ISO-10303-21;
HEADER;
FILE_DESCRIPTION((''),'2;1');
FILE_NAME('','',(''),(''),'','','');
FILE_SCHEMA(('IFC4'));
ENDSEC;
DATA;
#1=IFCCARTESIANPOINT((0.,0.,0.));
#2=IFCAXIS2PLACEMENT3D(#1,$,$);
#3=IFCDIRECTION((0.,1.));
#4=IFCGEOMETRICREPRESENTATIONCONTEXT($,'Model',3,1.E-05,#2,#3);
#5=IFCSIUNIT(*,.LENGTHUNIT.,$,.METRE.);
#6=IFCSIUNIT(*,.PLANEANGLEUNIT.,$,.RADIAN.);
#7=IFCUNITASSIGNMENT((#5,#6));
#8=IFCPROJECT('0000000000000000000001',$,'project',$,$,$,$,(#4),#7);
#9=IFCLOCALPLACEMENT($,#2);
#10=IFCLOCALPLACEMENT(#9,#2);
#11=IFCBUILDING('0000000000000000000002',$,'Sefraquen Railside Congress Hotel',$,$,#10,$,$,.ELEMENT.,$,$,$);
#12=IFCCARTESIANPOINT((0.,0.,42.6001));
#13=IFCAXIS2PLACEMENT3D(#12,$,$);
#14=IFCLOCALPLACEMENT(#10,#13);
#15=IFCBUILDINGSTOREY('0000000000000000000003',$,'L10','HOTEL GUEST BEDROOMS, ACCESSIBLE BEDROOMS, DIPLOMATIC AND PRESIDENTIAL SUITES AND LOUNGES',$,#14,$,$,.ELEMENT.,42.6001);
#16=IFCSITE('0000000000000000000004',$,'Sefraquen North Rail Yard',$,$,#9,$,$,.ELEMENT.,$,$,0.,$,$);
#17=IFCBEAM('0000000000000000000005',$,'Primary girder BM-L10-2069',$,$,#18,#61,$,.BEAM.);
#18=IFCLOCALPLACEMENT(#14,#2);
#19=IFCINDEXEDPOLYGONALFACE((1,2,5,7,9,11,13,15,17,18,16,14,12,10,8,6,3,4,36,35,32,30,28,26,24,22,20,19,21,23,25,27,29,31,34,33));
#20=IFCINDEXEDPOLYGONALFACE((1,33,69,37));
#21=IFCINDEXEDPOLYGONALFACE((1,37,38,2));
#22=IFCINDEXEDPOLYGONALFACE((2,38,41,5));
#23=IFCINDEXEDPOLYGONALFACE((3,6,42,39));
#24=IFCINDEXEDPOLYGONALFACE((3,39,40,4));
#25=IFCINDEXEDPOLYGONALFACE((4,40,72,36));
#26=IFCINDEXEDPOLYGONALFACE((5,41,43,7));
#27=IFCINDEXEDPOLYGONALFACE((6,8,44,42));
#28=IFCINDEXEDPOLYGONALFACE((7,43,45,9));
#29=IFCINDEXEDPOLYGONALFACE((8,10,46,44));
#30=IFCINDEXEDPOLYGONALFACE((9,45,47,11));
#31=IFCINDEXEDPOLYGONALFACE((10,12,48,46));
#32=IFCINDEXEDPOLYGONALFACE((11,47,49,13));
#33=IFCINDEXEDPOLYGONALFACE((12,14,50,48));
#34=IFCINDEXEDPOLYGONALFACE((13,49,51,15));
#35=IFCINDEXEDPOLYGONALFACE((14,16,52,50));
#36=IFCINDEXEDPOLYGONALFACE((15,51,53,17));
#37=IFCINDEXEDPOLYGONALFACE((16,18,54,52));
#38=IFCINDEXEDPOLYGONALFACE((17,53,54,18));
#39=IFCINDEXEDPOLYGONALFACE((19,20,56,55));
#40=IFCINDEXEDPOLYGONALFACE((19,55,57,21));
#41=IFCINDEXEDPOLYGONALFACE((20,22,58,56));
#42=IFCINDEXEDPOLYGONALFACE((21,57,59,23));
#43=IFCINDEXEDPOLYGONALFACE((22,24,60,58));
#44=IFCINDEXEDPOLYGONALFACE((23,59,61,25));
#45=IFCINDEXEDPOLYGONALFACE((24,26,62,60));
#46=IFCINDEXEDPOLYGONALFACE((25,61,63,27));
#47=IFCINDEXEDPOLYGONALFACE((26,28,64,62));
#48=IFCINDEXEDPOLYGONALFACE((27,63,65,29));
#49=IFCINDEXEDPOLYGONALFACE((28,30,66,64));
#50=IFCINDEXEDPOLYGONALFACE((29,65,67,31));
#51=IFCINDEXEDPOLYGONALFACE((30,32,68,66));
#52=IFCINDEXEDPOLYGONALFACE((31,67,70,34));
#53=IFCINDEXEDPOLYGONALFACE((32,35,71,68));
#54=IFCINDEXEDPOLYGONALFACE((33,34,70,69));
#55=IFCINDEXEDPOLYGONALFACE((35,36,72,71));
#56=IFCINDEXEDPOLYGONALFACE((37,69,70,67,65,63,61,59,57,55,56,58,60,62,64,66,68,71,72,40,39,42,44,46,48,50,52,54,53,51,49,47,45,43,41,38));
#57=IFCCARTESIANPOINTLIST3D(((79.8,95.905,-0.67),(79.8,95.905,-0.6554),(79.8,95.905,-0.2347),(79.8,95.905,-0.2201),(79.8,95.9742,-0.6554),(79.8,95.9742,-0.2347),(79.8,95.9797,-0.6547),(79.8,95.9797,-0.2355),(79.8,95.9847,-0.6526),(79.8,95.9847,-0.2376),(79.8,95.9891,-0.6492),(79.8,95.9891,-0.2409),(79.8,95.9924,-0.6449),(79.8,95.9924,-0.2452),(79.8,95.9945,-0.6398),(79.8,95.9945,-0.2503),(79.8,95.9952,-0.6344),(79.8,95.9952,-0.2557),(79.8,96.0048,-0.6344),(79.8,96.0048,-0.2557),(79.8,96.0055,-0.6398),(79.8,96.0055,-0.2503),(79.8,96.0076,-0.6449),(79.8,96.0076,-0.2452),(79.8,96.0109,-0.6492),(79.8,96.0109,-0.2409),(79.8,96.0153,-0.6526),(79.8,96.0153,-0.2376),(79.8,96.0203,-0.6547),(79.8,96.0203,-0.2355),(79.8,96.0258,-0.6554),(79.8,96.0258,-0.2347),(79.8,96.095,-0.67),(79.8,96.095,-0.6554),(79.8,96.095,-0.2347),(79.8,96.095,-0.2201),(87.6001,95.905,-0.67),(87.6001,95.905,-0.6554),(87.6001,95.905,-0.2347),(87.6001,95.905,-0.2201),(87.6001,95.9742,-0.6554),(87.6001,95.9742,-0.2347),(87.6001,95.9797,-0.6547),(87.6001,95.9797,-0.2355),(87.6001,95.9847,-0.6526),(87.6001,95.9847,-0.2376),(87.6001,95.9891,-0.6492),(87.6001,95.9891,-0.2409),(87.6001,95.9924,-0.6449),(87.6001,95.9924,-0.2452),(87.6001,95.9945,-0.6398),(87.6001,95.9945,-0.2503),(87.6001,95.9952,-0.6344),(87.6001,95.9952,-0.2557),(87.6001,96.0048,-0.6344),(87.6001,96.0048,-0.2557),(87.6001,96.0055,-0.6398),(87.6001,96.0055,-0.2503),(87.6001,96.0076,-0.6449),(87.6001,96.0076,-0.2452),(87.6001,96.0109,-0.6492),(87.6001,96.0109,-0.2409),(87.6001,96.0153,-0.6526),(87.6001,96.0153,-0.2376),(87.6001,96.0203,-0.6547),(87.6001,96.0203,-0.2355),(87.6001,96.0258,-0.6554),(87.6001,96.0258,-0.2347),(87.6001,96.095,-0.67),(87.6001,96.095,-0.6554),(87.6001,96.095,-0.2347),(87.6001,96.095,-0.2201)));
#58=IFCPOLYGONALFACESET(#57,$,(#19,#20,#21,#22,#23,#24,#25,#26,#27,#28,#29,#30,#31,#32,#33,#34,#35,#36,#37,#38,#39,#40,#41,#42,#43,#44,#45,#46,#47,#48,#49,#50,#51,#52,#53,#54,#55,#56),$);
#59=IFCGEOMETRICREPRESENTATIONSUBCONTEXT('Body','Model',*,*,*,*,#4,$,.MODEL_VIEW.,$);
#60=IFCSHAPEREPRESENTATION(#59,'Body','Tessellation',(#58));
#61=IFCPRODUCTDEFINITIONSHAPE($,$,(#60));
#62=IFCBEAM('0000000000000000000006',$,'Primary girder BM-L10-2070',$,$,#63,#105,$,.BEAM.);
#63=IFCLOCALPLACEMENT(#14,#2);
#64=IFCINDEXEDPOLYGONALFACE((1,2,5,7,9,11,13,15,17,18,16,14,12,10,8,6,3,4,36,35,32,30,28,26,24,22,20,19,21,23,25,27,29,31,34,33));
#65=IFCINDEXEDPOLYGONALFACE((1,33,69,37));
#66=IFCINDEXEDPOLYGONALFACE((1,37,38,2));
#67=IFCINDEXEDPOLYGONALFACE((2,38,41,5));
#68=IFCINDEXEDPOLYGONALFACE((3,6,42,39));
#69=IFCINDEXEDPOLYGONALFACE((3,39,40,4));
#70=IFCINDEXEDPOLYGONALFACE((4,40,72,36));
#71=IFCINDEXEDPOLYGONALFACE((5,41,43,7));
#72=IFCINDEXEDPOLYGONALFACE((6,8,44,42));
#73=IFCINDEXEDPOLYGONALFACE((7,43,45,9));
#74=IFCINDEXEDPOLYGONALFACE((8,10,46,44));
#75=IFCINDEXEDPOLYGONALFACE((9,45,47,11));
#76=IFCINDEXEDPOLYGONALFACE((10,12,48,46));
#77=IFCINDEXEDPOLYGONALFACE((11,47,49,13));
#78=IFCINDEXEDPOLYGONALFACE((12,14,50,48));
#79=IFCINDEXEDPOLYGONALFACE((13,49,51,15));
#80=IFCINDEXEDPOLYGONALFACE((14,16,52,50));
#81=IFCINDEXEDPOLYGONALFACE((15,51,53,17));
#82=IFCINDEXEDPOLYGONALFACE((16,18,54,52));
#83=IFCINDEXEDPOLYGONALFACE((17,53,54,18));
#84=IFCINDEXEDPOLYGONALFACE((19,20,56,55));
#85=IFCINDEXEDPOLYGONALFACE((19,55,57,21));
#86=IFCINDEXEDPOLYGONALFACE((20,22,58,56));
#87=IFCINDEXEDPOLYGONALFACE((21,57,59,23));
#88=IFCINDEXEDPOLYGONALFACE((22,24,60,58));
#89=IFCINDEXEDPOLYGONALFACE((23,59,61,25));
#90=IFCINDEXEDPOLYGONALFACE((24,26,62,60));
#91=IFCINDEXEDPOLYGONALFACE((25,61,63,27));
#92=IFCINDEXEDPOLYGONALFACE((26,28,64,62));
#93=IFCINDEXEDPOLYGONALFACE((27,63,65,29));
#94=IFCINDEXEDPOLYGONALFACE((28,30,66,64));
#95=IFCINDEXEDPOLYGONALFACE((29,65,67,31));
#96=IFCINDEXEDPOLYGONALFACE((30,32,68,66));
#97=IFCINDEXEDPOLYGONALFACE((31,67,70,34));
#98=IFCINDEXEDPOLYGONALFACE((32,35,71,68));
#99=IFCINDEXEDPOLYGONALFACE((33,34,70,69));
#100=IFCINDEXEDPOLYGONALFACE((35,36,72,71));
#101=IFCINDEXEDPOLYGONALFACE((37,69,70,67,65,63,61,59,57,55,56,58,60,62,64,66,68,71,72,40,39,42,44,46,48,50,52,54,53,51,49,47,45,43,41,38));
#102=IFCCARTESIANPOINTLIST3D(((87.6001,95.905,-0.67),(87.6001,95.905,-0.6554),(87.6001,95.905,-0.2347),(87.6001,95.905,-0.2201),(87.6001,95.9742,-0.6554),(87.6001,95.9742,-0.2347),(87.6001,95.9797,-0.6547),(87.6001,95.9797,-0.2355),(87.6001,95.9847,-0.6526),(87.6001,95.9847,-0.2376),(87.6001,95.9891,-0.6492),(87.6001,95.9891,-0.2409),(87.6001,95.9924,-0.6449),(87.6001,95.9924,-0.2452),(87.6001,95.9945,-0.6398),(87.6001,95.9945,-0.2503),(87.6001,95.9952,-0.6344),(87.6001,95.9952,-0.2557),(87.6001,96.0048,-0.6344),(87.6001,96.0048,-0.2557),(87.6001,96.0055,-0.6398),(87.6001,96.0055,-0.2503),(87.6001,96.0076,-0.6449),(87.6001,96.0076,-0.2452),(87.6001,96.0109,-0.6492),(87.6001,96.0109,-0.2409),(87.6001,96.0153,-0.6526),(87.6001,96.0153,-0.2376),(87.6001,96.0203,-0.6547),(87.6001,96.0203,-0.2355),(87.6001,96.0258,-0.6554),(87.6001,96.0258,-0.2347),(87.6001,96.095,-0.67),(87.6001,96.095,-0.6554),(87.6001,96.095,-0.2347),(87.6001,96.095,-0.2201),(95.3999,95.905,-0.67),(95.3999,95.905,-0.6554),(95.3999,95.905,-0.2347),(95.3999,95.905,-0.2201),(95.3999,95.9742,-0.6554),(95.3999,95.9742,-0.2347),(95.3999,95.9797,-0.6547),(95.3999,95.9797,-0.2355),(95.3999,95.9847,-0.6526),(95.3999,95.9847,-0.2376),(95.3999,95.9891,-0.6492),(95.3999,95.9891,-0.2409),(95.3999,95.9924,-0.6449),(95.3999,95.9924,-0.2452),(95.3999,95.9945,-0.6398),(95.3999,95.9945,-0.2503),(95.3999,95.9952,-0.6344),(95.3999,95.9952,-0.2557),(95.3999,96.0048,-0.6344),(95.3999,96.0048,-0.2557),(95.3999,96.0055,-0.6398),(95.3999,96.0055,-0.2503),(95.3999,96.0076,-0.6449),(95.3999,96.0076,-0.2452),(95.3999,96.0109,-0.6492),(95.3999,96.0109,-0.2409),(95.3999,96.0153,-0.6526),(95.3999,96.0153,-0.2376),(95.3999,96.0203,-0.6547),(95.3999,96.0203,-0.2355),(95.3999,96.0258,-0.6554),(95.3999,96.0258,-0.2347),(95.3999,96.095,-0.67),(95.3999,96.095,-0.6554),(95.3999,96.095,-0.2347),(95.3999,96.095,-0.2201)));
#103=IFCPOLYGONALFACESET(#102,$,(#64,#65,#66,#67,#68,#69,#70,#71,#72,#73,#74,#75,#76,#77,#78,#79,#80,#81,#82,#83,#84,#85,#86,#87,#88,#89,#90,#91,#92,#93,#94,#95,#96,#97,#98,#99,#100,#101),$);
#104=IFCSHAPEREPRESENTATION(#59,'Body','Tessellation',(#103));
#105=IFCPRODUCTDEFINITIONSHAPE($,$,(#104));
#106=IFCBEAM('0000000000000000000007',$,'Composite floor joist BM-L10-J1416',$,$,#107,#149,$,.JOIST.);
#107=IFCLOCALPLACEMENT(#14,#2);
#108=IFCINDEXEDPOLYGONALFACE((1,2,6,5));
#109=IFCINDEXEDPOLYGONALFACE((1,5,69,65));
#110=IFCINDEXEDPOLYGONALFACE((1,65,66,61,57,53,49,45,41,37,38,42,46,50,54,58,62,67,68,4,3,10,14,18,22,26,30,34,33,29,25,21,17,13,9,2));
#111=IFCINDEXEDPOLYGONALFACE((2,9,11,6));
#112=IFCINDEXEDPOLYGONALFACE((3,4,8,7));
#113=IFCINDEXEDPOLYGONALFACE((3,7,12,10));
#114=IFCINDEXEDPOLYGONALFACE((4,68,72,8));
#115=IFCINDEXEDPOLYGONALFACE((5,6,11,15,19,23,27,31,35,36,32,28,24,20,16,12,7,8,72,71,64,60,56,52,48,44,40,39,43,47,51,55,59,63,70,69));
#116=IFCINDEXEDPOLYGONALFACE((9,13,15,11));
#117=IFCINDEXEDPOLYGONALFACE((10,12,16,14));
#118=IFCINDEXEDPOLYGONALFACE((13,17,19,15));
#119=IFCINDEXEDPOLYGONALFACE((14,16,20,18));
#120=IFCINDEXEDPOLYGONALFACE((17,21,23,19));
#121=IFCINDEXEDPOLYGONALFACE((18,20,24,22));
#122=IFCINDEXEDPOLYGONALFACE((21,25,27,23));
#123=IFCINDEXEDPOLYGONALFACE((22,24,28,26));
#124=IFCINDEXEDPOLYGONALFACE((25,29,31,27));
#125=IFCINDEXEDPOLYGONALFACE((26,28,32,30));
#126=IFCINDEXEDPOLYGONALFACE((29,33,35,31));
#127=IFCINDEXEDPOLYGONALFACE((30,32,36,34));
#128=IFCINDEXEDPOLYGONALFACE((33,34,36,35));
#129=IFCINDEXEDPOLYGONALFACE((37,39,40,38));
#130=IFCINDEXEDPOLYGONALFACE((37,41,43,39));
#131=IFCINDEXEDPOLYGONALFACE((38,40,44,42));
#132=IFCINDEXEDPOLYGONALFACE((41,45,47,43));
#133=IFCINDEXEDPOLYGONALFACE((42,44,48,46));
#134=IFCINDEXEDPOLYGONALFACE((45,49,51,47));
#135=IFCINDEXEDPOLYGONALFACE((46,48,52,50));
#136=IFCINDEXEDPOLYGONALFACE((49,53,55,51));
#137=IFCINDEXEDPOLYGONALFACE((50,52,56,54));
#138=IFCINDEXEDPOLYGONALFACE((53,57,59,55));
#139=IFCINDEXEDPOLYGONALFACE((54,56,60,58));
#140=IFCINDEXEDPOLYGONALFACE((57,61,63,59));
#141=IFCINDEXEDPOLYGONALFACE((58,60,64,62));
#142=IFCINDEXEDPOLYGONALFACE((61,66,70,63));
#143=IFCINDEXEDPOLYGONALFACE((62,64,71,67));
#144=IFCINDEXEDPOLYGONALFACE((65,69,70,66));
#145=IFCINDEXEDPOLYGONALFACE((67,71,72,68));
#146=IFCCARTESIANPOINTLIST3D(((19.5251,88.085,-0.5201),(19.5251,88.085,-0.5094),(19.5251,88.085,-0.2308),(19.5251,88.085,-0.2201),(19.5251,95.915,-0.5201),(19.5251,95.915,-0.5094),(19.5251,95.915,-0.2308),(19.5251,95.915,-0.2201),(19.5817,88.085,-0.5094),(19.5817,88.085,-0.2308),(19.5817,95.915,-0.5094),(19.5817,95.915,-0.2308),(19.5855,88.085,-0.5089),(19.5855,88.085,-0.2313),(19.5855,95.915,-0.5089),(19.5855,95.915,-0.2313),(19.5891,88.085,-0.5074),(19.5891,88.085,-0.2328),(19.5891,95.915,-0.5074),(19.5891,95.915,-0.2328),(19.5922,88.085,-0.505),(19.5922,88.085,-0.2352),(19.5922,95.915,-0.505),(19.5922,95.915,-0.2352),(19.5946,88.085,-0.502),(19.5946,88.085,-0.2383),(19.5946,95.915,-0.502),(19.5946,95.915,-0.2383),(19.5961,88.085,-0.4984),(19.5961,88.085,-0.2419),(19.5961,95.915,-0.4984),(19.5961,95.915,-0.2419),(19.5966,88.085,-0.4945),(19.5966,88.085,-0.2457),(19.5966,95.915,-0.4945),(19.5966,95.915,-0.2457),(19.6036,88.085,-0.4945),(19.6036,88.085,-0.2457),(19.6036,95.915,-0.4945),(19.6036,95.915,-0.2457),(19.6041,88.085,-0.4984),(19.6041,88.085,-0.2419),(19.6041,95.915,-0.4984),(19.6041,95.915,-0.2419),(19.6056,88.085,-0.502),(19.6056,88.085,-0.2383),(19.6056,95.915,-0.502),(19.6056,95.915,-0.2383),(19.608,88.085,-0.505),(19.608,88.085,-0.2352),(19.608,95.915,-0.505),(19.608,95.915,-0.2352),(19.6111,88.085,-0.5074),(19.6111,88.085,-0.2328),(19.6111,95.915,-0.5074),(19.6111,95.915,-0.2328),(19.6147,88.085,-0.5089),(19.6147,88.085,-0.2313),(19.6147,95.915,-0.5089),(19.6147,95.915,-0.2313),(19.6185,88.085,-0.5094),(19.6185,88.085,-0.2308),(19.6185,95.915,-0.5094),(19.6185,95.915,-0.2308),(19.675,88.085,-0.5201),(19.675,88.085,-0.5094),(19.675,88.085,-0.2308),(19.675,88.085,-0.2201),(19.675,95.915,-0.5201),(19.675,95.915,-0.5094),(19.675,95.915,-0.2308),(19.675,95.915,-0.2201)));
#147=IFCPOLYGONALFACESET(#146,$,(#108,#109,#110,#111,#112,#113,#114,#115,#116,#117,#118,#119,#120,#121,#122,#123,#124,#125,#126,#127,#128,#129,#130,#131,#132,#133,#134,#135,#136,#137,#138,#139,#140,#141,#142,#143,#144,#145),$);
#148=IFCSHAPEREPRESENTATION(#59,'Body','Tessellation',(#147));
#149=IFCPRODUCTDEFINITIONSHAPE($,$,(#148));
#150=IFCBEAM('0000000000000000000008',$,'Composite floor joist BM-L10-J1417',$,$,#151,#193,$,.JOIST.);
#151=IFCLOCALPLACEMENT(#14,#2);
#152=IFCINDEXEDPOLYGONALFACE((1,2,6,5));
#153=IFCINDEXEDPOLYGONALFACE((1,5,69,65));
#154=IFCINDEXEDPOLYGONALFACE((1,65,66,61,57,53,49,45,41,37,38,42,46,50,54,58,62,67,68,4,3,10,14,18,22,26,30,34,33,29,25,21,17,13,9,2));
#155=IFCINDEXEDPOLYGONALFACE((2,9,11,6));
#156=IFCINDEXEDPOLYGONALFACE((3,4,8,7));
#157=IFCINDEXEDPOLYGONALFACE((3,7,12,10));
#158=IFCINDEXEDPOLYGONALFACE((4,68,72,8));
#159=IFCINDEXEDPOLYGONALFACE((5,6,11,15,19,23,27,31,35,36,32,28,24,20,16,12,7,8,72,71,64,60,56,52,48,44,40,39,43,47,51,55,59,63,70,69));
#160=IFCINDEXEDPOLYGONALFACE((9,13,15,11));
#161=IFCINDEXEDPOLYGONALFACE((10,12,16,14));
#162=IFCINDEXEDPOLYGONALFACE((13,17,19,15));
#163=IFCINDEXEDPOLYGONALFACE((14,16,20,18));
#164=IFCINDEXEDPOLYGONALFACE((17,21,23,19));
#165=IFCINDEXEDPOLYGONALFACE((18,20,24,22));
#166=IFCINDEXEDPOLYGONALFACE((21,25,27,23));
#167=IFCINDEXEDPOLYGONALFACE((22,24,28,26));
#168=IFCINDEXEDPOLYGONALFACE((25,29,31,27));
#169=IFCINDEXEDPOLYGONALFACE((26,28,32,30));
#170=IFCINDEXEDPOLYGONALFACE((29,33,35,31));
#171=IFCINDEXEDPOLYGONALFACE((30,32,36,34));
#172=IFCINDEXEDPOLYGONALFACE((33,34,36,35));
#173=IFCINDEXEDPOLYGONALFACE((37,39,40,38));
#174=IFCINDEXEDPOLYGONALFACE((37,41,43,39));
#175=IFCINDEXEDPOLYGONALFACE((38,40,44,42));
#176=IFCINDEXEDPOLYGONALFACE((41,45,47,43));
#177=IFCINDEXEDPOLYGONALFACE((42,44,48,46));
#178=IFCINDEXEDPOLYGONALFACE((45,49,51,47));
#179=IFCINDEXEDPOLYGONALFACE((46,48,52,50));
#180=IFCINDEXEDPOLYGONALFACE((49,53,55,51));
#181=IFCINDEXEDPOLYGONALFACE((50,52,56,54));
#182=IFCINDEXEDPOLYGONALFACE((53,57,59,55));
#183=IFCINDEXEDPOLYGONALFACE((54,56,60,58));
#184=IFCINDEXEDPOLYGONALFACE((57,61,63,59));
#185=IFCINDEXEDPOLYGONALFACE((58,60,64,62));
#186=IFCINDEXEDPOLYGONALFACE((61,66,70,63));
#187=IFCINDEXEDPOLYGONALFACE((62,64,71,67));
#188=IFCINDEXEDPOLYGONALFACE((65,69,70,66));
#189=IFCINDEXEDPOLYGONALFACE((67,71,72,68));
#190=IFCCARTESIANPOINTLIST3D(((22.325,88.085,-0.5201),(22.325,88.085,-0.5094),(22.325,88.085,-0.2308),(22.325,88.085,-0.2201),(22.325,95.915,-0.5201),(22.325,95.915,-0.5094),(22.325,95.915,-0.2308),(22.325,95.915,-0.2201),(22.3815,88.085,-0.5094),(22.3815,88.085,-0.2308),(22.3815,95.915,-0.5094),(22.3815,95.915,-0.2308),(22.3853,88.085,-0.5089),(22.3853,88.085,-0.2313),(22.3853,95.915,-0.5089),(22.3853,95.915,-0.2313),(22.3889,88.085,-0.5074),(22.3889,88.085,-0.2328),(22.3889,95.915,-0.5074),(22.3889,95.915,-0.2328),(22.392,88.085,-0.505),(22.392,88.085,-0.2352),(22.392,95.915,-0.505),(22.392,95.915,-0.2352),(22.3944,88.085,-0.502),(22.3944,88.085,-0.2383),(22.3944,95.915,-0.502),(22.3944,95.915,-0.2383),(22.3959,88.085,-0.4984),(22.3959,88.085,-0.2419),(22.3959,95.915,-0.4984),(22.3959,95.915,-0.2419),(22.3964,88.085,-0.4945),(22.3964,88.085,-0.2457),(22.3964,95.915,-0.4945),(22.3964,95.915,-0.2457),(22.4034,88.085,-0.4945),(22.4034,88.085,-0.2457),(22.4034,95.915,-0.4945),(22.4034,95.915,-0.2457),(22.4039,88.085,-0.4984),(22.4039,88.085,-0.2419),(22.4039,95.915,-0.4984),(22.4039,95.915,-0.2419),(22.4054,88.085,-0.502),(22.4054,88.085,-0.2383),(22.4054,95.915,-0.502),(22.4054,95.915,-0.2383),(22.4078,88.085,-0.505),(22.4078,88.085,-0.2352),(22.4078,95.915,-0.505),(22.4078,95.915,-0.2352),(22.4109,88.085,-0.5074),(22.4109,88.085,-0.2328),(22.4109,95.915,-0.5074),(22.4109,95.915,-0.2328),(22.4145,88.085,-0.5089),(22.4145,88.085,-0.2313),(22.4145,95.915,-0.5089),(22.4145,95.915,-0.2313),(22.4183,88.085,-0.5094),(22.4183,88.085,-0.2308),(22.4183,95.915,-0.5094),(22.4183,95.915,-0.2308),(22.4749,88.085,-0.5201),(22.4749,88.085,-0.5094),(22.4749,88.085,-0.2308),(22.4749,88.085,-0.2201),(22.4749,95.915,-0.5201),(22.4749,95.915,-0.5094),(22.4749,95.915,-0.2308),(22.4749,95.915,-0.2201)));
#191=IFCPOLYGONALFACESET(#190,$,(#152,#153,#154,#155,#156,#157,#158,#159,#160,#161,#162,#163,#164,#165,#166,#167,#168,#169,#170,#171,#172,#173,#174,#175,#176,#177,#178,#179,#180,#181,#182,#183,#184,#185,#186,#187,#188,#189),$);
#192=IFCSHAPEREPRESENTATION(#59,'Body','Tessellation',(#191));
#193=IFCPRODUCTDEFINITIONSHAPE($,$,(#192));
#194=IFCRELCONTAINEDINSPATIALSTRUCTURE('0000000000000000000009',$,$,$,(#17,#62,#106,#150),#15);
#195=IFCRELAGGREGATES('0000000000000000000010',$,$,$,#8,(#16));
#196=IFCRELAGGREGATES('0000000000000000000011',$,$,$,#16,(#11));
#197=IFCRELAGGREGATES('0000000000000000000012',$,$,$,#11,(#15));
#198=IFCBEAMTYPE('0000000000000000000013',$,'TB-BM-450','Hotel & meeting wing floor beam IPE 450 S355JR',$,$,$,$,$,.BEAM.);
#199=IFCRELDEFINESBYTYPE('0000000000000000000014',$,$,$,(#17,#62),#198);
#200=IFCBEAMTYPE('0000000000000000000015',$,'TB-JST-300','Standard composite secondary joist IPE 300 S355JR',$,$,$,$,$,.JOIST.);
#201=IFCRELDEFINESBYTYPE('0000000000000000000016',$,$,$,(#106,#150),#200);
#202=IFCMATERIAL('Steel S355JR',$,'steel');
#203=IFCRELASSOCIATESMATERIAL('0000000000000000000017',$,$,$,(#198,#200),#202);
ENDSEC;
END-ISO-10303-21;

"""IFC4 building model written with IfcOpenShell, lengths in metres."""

from ifc_helpers import new_model, si_unit, direction, frame, origin, origin_2d, place, context, subcontext, project, spatial, i_section, extrude, material, material_profile, profile_set, type_object, element, save


model = new_model("IFC4")

# Units and contexts
model_context = context("Model", 3, precision=1e-05, world=origin(), true_north=direction((0.0, 1.0)))
body_context = subcontext(model_context, "Body", "Model", "MODEL_VIEW")
ifc_project = project(units=[si_unit("LENGTHUNIT", "METRE"), si_unit("PLANEANGLEUNIT", "RADIAN")], contexts=[model_context])

# Site, building, storey
site_placement = place(None, origin())
site = spatial("IfcSite", under=ifc_project, at=site_placement, Name="Sefraquen North Rail Yard", CompositionType="ELEMENT", RefElevation=0.0)
building_placement = place(site_placement, origin())
building = spatial("IfcBuilding", under=site, at=building_placement, Name="Sefraquen Railside Congress Hotel", CompositionType="ELEMENT")
storey_placement = place(building_placement, frame((0.0, 0.0, 42.6001)))
storey = spatial("IfcBuildingStorey", under=building, at=storey_placement, Name="L10", Description="HOTEL GUEST BEDROOMS, ACCESSIBLE BEDROOMS, DIPLOMATIC AND PRESIDENTIAL SUITES AND LOUNGES", CompositionType="ELEMENT", Elevation=42.6001)

# Shared definitions
ifc_material_1 = material(Name="Steel S355JR", Category="steel")

# Beams
ifc_material_profile_1 = material_profile(ifc_material_1, i_section(OverallWidth=0.1899, OverallDepth=0.45, WebThickness=0.0095, FlangeThickness=0.0146, FilletRadius=0.021, at=origin_2d()), Name="IPE 450")
ifc_profile_set_1 = profile_set([ifc_material_profile_1], Name="Steel S355JR")
beam_type_1 = type_object("IfcBeamType", Name="TB-BM-450", Description="Hotel & meeting wing floor beam IPE 450 S355JR", PredefinedType="BEAM", material=ifc_profile_set_1)
for number, where, z_axis, x_axis, name in (
    (1, (79.8, 96.0, -0.4451), (1.0, 0.0, 0.0), (0.0, 1.0, 0.0), "Primary girder BM-L10-2069"),
):
    element("IfcBeam", number, at=place(storey_placement, frame(where, z_axis=z_axis, x_axis=x_axis)), inside=storey, type_object=beam_type_1, Name=name, PredefinedType="BEAM", context=body_context, shape_type="SweptSolid", body=[
        extrude(i_section(OverallWidth=0.1899, OverallDepth=0.45, WebThickness=0.0095, FlangeThickness=0.0146, FilletRadius=0.021, at=origin_2d()), origin(), (0.0, 0.0, 1.0), 7.8),
    ])
beam_1_placement = place(storey_placement, frame((87.6001, 96.0, -0.4451), z_axis=(1.0, 0.0, 0.0), x_axis=(0.0, 1.0, 0.0)))
element("IfcBeam", 2, at=beam_1_placement, inside=storey, type_object=beam_type_1, Name="Primary girder BM-L10-2070", PredefinedType="BEAM", context=body_context, shape_type="SweptSolid", body=[
    extrude(i_section(OverallWidth=0.1899, OverallDepth=0.45, WebThickness=0.0095, FlangeThickness=0.0146, FilletRadius=0.021, at=origin_2d()), origin(), (0.0, 0.0, 1.0), 7.7998),
])
ifc_material_profile_2 = material_profile(ifc_material_1, i_section(OverallWidth=0.1499, OverallDepth=0.3, WebThickness=0.0071, FlangeThickness=0.0107, FilletRadius=0.0149, at=origin_2d()), Name="IPE 300")
ifc_profile_set_2 = profile_set([ifc_material_profile_2], Name="Steel S355JR")
beam_type_2 = type_object("IfcBeamType", Name="TB-JST-300", Description="Standard composite secondary joist IPE 300 S355JR", PredefinedType="JOIST", material=ifc_profile_set_2)
for number, where, z_axis, x_axis, name in (
    (3, (19.6001, 88.085, -0.3701), (0.0, 1.0, 0.0), (-1.0, 0.0, 0.0), "Composite floor joist BM-L10-J1416"),
    (4, (22.3999, 88.085, -0.3701), (0.0, 1.0, 0.0), (-1.0, 0.0, 0.0), "Composite floor joist BM-L10-J1417"),
):
    element("IfcBeam", number, at=place(storey_placement, frame(where, z_axis=z_axis, x_axis=x_axis)), inside=storey, type_object=beam_type_2, Name=name, PredefinedType="JOIST", context=body_context, shape_type="SweptSolid", body=[
        extrude(i_section(OverallWidth=0.1499, OverallDepth=0.3, WebThickness=0.0071, FlangeThickness=0.0107, FilletRadius=0.0149, at=origin_2d()), origin(), (0.0, 0.0, 1.0), 7.8301),
    ])

save(model, "model.ifc")
